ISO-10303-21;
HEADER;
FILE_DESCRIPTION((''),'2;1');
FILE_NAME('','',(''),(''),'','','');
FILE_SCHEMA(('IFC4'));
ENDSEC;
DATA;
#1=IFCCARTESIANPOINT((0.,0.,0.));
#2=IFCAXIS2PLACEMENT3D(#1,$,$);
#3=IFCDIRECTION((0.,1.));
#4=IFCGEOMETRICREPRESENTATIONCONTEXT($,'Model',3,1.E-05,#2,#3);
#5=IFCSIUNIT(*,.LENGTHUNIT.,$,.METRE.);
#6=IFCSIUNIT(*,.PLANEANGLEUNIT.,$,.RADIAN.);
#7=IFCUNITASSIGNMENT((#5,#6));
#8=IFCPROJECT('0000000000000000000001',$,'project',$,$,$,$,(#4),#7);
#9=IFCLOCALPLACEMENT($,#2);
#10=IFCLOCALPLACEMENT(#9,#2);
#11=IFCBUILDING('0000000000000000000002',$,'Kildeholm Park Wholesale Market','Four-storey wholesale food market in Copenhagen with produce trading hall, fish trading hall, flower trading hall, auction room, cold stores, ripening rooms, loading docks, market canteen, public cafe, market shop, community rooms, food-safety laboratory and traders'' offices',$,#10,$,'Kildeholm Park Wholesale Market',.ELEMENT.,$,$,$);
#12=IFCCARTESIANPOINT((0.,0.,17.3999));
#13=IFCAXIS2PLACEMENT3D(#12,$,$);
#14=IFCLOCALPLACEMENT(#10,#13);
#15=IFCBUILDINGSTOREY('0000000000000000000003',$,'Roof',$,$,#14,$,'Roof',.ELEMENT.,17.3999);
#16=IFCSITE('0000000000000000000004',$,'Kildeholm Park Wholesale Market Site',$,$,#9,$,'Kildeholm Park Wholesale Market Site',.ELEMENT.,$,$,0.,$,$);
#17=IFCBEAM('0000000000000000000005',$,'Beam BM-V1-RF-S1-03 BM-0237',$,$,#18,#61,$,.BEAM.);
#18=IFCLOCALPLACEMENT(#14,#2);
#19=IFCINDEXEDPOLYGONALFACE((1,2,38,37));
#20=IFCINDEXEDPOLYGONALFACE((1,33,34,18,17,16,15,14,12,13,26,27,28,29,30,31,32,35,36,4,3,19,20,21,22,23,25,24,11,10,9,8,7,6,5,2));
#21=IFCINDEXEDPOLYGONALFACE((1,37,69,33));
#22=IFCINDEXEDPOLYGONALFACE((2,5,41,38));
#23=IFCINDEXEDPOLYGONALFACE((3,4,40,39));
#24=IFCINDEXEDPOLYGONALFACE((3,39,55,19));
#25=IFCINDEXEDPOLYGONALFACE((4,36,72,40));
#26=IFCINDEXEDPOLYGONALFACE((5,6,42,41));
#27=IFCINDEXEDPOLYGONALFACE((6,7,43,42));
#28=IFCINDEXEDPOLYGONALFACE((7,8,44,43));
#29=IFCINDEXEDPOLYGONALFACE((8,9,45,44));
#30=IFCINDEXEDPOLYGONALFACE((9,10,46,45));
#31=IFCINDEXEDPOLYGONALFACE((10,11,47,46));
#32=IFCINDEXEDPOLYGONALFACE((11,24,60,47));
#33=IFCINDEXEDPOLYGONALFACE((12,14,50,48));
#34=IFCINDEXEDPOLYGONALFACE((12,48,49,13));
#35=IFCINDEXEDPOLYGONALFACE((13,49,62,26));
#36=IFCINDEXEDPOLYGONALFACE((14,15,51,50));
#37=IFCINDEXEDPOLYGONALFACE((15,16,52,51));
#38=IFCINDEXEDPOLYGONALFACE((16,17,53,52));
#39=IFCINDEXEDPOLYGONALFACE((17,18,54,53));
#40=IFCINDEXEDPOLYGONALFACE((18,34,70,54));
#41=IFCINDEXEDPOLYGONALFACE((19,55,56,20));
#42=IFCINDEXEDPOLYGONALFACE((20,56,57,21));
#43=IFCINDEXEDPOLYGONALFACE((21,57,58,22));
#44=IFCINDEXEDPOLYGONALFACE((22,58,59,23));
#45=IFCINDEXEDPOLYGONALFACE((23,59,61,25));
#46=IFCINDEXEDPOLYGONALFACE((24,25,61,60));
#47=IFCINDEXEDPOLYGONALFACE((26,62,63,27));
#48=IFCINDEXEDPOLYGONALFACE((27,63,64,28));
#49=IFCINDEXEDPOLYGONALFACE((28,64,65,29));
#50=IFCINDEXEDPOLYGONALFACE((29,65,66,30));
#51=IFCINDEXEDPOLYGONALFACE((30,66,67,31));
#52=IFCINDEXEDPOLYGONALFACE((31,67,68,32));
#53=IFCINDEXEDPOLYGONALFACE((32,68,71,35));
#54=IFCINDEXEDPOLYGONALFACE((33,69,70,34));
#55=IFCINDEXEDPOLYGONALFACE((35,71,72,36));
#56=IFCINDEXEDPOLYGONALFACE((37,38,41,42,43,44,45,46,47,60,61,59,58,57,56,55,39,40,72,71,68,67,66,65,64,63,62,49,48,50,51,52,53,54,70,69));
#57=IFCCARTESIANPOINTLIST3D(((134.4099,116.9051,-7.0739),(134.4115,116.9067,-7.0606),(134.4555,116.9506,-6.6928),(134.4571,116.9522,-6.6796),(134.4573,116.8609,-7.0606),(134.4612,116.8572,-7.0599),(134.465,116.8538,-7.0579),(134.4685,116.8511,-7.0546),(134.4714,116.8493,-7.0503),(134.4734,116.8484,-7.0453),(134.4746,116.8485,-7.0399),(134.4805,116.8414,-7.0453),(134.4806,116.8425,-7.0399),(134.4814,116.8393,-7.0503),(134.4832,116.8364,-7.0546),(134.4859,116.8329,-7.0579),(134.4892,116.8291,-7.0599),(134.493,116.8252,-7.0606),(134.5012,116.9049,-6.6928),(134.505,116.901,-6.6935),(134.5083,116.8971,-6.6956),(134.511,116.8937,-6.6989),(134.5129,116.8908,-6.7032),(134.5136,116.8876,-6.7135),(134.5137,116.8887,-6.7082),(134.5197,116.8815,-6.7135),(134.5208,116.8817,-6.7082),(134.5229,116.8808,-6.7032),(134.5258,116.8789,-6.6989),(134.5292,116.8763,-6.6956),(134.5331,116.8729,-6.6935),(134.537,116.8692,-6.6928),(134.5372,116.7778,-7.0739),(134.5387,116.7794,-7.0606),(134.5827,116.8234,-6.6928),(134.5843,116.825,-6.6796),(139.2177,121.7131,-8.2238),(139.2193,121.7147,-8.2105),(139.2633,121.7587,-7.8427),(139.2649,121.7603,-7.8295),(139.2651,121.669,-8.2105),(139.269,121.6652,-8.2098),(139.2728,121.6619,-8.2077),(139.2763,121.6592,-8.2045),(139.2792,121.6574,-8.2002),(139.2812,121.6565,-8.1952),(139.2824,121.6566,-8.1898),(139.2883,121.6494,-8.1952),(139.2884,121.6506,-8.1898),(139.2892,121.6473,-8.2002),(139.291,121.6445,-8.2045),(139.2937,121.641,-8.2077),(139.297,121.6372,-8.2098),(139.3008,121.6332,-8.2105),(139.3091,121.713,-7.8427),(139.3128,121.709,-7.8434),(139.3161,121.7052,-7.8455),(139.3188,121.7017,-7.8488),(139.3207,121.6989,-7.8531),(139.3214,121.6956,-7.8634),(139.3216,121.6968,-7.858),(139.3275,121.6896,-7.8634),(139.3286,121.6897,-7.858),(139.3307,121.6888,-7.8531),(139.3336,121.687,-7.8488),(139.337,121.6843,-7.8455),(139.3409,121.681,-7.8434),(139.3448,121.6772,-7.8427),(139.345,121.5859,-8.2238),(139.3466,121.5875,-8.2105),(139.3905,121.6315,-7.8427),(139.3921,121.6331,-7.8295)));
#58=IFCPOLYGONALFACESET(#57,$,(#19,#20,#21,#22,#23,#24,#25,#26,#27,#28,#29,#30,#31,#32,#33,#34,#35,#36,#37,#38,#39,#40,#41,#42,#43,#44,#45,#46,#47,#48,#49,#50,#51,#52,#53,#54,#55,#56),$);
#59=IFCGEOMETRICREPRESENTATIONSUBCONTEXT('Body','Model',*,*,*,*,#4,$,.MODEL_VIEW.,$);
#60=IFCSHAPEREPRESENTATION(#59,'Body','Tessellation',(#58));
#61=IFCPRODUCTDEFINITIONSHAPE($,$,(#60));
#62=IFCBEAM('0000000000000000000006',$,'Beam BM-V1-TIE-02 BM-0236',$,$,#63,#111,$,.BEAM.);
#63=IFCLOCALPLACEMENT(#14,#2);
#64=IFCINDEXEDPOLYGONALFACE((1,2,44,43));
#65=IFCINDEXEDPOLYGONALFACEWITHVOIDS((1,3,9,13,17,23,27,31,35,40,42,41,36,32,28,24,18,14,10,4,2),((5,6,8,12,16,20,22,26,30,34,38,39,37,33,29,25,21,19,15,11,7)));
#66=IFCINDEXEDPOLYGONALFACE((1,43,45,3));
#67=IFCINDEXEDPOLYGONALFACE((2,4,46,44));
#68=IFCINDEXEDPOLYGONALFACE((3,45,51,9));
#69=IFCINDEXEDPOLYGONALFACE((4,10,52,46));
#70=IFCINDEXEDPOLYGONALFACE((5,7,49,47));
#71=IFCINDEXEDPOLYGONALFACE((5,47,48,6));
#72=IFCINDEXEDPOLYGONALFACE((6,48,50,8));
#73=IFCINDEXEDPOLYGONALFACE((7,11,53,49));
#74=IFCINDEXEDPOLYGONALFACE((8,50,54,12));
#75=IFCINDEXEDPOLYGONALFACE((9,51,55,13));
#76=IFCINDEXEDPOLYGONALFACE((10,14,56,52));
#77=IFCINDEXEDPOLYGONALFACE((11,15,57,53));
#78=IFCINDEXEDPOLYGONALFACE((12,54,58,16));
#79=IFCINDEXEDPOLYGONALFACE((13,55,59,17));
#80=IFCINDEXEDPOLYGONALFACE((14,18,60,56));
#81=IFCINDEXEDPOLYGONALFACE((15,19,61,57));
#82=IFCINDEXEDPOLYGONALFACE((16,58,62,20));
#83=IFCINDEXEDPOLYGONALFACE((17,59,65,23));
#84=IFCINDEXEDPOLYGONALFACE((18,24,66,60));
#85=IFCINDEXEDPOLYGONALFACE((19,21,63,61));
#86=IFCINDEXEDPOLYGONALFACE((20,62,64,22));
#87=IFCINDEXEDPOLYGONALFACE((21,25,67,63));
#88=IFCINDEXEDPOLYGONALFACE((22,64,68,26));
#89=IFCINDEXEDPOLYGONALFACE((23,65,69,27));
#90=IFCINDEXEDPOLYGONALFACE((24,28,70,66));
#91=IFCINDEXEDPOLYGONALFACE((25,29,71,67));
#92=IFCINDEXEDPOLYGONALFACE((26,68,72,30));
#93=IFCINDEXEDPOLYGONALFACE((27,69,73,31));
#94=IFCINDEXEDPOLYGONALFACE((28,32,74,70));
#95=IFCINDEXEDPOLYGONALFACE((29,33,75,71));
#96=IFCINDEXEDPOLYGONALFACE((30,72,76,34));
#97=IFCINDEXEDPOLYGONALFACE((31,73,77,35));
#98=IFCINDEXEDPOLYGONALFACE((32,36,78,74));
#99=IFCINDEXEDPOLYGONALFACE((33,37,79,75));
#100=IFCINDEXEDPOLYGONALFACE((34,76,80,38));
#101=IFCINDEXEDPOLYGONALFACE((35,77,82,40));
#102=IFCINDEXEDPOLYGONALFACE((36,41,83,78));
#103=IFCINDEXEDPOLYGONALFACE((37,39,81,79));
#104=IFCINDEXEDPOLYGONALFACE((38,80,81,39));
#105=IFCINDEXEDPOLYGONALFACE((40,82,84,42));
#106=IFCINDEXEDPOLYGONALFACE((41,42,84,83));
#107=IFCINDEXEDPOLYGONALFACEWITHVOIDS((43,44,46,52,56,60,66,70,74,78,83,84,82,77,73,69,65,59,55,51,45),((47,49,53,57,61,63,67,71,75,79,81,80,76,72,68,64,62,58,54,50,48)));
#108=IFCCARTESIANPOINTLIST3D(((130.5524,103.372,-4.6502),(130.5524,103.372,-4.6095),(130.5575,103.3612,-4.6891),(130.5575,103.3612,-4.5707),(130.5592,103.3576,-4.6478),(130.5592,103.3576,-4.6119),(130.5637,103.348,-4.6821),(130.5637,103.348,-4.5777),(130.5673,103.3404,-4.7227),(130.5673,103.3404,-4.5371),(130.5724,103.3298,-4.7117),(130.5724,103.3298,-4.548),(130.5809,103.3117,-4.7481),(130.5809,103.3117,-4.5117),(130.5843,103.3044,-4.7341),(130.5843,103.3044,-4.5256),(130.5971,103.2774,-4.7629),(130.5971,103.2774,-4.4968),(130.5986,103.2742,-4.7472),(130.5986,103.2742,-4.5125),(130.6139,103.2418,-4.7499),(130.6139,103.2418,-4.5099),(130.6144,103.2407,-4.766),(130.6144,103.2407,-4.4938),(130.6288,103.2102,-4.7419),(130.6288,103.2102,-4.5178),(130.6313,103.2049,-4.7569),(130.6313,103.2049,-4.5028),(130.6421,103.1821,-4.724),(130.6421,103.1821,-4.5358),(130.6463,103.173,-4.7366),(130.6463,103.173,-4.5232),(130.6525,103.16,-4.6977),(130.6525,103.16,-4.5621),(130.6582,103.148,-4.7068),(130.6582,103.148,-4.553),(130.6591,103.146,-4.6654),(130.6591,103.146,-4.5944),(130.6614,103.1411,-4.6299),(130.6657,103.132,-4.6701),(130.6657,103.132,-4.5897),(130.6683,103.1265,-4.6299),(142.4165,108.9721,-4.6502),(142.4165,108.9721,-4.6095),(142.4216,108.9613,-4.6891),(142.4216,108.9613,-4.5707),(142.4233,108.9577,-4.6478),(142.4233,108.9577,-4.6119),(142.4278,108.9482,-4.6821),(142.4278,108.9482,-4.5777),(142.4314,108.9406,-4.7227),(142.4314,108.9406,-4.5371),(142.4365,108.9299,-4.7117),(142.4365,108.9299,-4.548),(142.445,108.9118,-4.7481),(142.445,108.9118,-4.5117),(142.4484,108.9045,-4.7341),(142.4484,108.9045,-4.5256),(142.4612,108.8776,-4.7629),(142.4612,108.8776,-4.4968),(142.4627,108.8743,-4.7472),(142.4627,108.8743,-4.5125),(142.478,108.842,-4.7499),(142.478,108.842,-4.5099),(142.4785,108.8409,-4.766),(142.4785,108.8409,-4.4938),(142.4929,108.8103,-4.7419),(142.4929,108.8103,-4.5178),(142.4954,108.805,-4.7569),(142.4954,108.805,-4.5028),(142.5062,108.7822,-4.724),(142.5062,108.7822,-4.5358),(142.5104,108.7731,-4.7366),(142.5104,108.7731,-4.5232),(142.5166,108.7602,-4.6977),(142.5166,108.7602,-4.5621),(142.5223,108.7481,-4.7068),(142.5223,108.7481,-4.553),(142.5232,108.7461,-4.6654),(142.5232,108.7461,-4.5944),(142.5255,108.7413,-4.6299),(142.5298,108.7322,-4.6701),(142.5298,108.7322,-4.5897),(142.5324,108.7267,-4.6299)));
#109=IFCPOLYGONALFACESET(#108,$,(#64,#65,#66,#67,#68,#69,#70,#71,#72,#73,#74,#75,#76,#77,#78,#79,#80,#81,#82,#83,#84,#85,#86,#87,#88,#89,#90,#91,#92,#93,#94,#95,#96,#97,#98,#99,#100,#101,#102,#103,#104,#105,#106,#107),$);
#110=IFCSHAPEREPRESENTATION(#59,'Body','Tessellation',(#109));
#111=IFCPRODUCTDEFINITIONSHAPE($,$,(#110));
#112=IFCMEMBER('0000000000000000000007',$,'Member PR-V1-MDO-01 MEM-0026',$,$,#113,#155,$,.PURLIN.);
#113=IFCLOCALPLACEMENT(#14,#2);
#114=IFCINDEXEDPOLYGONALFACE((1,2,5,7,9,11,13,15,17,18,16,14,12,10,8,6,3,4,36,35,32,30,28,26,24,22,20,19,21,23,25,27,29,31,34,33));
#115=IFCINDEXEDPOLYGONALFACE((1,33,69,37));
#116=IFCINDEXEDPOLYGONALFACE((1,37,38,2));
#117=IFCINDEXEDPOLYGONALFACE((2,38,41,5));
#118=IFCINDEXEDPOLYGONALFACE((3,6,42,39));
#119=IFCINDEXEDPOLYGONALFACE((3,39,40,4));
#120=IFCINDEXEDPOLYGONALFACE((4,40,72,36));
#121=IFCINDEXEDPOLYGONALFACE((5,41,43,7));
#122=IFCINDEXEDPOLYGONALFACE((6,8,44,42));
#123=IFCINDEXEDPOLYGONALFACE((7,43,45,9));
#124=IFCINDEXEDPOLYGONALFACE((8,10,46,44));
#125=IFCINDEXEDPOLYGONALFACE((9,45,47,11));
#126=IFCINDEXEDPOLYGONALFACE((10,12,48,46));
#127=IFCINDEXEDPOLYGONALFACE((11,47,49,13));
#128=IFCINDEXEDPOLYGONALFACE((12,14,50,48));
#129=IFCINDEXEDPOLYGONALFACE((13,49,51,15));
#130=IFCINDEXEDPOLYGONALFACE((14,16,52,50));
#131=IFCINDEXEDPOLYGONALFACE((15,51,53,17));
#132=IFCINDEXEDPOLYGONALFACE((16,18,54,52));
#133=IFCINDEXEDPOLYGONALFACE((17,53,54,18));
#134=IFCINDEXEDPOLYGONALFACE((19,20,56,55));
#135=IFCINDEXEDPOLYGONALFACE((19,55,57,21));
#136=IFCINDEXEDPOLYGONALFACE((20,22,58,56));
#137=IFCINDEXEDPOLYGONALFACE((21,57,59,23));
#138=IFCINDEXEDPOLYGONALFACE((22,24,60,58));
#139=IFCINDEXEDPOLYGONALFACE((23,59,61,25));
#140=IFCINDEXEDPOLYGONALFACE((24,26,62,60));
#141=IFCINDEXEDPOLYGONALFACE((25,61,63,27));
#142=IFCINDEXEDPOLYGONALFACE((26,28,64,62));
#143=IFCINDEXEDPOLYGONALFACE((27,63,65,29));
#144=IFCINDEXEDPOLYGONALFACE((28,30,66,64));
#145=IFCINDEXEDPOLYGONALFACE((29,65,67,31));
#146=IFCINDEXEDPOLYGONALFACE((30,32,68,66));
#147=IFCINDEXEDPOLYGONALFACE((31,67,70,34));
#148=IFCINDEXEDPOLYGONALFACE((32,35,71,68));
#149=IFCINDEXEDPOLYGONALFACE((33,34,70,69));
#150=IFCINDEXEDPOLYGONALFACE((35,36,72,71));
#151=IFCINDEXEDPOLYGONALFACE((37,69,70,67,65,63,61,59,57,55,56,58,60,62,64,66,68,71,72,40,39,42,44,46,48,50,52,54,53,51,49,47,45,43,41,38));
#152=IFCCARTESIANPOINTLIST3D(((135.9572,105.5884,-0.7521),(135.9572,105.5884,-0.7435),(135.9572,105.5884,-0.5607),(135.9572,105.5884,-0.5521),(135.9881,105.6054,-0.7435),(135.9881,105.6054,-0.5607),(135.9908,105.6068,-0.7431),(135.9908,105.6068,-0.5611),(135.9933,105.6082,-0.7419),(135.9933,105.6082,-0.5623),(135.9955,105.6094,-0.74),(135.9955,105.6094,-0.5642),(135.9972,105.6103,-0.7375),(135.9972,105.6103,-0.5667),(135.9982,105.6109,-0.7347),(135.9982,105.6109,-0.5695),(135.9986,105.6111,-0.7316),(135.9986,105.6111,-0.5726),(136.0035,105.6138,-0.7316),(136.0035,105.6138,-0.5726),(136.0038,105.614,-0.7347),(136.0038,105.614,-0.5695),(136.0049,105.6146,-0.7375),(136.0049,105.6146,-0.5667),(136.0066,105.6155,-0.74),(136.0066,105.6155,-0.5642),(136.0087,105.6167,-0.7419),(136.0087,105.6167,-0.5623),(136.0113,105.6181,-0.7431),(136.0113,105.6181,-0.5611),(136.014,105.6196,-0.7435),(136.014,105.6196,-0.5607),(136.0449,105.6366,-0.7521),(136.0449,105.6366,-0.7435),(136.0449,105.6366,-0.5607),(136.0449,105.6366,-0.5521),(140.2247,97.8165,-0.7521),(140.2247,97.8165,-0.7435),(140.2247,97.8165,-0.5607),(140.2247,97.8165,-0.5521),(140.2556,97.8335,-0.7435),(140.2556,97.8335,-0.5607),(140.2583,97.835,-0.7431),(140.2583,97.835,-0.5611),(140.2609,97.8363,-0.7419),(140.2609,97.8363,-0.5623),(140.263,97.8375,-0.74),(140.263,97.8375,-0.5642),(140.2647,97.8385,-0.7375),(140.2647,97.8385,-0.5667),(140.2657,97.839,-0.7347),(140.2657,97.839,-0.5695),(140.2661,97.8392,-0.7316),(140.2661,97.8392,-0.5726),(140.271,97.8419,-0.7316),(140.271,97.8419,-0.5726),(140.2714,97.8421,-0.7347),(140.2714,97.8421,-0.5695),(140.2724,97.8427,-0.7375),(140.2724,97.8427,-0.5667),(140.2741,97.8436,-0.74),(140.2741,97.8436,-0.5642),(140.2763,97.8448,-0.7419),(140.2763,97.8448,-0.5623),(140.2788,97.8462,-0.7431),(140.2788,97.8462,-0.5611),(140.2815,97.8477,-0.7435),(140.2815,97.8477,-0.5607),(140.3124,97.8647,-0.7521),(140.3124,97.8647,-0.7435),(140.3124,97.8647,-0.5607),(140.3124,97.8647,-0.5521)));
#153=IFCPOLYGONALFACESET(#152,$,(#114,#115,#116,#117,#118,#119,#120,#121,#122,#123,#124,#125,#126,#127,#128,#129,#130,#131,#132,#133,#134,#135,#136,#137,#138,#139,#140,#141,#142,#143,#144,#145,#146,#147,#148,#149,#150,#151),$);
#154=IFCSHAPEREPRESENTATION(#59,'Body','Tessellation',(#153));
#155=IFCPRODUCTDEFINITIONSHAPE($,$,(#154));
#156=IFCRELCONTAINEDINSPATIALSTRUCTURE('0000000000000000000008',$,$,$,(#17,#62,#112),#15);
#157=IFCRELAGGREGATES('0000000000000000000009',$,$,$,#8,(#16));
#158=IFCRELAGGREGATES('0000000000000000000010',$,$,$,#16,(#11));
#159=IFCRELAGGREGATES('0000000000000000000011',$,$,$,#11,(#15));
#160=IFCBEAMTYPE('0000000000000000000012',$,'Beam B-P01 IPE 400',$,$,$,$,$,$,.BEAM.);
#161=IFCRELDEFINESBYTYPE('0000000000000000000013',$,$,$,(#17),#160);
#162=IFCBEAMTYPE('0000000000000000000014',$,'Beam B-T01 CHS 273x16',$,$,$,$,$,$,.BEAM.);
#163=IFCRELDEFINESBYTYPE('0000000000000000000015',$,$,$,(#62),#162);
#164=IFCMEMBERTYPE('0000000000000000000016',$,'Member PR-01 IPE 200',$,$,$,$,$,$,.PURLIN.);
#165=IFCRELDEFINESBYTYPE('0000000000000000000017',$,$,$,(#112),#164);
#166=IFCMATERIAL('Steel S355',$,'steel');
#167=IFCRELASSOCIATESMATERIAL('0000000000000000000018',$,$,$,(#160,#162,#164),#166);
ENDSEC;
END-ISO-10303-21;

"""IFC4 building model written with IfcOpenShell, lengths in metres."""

from ifc_helpers import new_model, si_unit, direction, frame, origin, origin_2d, place, context, subcontext, project, spatial, hollow_circle, i_section, extrude, material, material_profile, profile_set, type_object, element, save


model = new_model("IFC4")

# Units and contexts
model_context = context("Model", 3, precision=1e-05, world=origin(), true_north=direction((0.0, 1.0)))
body_context = subcontext(model_context, "Body", "Model", "MODEL_VIEW")
ifc_project = project(units=[si_unit("LENGTHUNIT", "METRE"), si_unit("PLANEANGLEUNIT", "RADIAN")], contexts=[model_context])

# Site, building, storey
site_placement = place(None, origin())
site = spatial("IfcSite", under=ifc_project, at=site_placement, Name="Kildeholm Park Wholesale Market Site", LongName="Kildeholm Park Wholesale Market Site", CompositionType="ELEMENT", RefElevation=0.0)
building_placement = place(site_placement, origin())
building = spatial("IfcBuilding", under=site, at=building_placement, Name="Kildeholm Park Wholesale Market", Description="Four-storey wholesale food market in Copenhagen with produce trading hall, fish trading hall, flower trading hall, auction room, cold stores, ripening rooms, loading docks, market canteen, public cafe, market shop, community rooms, food-safety laboratory and traders' offices", LongName="Kildeholm Park Wholesale Market", CompositionType="ELEMENT")
storey_placement = place(building_placement, frame((0.0, 0.0, 17.3999)))
storey = spatial("IfcBuildingStorey", under=building, at=storey_placement, Name="Roof", LongName="Roof", CompositionType="ELEMENT", Elevation=17.3999)

# Beams
ifc_material_1 = material(Name="Steel S355", Category="steel")
ifc_material_profile_1 = material_profile(ifc_material_1, i_section(OverallWidth=0.1799, OverallDepth=0.3999, WebThickness=0.0085, FlangeThickness=0.0134, FilletRadius=0.021, at=origin_2d()), Name="IPE 400")
ifc_profile_set_1 = profile_set([ifc_material_profile_1], Name="Steel S355")
beam_type_1 = type_object("IfcBeamType", Name="Beam B-P01 IPE 400", PredefinedType="BEAM", material=ifc_profile_set_1)
beam_1_placement = place(storey_placement, frame((139.3049, 121.6731, -8.0266), z_axis=(-0.697189, -0.697225, 0.166748), x_axis=(0.707125, -0.707089, 0.0)))
element("IfcBeam", 1, at=beam_1_placement, inside=storey, type_object=beam_type_1, Name="Beam BM-V1-RF-S1-03 BM-0237", PredefinedType="BEAM", context=body_context, shape_type="SweptSolid", body=[
    extrude(i_section(OverallWidth=0.1799, OverallDepth=0.3999, WebThickness=0.0085, FlangeThickness=0.0134, FilletRadius=0.021, at=origin_2d()), origin(), (0.0, 0.0, 1.0), 6.896),
])
ifc_material_profile_2 = material_profile(ifc_material_1, hollow_circle(Radius=0.1365, WallThickness=0.0161, at=origin_2d()), Name="CHS 273x16")
ifc_profile_set_2 = profile_set([ifc_material_profile_2], Name="Steel S355")
beam_type_2 = type_object("IfcBeamType", Name="Beam B-T01 CHS 273x16", PredefinedType="BEAM", material=ifc_profile_set_2)
beam_2_placement = place(storey_placement, frame((142.4741, 108.8501, -4.6299), z_axis=(-0.904318, -0.42686, 0.0), x_axis=(0.42686, -0.904318, 0.0)))
element("IfcBeam", 2, at=beam_2_placement, inside=storey, type_object=beam_type_2, Name="Beam BM-V1-TIE-02 BM-0236", PredefinedType="BEAM", context=body_context, shape_type="SweptSolid", body=[
    extrude(hollow_circle(Radius=0.1365, WallThickness=0.0161, at=origin_2d()), origin(), (0.0, 0.0, 1.0), 13.1194),
])

# Member
ifc_material_profile_3 = material_profile(ifc_material_1, i_section(OverallWidth=0.1001, OverallDepth=0.2, WebThickness=0.0056, FlangeThickness=0.0085, FilletRadius=0.012, at=origin_2d()), Name="IPE 200")
ifc_profile_set_3 = profile_set([ifc_material_profile_3], Name="Steel S355")
member_type_1 = type_object("IfcMemberType", Name="Member PR-01 IPE 200", PredefinedType="PURLIN", material=ifc_profile_set_3)
member_1_placement = place(storey_placement, frame((140.2686, 97.8406, -0.6521), z_axis=(-0.481312, 0.876549, 0.0), x_axis=(-0.876549, -0.481312, 0.0)))
element("IfcMember", 3, at=member_1_placement, inside=storey, type_object=member_type_1, Name="Member PR-V1-MDO-01 MEM-0026", PredefinedType="PURLIN", context=body_context, shape_type="SweptSolid", body=[
    extrude(i_section(OverallWidth=0.1001, OverallDepth=0.2, WebThickness=0.0056, FlangeThickness=0.0085, FilletRadius=0.012, at=origin_2d()), origin(), (0.0, 0.0, 1.0), 8.8665),
])

save(model, "model.ifc")
